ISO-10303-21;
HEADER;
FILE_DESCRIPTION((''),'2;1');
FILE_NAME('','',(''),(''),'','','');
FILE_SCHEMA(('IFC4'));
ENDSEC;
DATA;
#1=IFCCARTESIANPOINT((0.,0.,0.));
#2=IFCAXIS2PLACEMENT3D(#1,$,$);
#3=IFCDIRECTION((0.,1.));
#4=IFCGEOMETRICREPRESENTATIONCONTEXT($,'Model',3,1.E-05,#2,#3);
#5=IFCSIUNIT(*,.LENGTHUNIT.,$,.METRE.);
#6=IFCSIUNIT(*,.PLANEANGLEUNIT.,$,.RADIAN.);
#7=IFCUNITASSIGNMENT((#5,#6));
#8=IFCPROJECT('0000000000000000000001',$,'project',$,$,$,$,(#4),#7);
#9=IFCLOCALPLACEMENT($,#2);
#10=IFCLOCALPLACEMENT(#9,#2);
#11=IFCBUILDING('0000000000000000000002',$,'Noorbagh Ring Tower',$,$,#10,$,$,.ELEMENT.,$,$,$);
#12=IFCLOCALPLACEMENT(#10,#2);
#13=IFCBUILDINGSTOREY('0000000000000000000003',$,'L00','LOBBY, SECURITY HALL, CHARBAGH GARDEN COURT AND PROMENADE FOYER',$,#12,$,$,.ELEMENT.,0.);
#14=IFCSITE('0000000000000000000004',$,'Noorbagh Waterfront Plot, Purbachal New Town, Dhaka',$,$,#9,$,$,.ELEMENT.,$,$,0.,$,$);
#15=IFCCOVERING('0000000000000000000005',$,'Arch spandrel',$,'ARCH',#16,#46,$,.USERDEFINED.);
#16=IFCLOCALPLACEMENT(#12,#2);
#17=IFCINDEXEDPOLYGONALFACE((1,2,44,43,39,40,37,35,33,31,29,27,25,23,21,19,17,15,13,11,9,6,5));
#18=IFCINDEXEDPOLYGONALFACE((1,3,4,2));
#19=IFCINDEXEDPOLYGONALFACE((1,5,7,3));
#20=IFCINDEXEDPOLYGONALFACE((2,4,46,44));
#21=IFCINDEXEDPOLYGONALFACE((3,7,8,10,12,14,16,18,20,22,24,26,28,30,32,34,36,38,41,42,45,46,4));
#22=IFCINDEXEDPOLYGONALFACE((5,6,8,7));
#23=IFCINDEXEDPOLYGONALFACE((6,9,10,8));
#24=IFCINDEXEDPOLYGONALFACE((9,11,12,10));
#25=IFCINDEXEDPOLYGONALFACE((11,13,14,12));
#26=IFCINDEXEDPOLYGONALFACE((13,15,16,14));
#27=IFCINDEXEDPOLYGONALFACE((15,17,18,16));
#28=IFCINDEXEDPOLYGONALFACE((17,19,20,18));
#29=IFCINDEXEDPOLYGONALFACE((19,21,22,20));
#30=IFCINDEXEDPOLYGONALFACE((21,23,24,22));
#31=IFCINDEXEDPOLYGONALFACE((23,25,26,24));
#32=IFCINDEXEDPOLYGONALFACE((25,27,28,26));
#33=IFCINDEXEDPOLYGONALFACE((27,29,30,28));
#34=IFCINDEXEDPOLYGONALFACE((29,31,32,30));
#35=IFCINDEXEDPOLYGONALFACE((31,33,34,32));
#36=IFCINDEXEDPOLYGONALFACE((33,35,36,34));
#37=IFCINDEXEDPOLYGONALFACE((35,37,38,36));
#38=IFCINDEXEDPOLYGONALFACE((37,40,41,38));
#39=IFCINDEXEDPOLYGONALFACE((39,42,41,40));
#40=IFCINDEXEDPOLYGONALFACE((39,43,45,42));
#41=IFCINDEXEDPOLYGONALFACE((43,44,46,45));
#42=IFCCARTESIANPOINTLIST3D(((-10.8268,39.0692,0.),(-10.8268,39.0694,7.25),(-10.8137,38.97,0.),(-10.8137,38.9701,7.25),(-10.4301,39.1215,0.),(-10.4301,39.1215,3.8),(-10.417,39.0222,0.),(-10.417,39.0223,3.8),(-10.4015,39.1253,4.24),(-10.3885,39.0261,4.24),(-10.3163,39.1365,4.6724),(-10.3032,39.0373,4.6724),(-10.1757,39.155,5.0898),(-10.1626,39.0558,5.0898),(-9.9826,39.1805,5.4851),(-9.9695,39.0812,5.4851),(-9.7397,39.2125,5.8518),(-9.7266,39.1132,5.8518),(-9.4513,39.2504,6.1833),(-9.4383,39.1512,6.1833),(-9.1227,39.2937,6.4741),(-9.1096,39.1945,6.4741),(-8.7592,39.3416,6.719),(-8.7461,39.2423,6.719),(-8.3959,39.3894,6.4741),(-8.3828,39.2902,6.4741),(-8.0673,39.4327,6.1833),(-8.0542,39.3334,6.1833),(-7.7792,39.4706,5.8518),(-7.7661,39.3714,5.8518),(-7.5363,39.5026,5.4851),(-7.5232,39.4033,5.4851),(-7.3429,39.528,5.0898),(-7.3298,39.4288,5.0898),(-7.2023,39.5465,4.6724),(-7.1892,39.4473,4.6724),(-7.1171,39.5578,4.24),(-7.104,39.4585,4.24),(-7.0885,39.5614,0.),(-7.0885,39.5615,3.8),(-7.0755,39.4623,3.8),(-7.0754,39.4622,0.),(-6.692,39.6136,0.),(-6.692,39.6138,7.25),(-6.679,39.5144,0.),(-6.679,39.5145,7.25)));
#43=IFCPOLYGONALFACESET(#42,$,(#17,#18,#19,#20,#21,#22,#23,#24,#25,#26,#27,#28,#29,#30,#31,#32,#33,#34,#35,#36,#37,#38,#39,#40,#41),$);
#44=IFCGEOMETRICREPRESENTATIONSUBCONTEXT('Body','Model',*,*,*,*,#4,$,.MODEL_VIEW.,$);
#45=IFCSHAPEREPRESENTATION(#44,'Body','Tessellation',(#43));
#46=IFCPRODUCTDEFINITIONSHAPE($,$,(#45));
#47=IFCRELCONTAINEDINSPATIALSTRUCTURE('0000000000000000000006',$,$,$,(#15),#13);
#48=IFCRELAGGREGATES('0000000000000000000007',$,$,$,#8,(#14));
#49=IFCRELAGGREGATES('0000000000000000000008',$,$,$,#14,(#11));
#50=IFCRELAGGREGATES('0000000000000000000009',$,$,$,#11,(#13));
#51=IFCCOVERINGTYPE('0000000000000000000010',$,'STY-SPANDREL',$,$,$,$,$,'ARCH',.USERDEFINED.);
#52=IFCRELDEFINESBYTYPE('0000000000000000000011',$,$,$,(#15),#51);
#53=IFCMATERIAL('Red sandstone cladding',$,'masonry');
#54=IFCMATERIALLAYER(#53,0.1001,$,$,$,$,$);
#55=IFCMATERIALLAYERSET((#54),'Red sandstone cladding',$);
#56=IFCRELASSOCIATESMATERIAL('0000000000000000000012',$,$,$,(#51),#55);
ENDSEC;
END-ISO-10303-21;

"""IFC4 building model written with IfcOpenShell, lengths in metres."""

from ifc_helpers import new_model, si_unit, direction, frame, origin, place, context, subcontext, project, spatial, polyline, outline, extrude, material, layer, layer_set, type_object, element, save


model = new_model("IFC4")

# Units and contexts
model_context = context("Model", 3, precision=1e-05, world=origin(), true_north=direction((0.0, 1.0)))
body_context = subcontext(model_context, "Body", "Model", "MODEL_VIEW")
ifc_project = project(units=[si_unit("LENGTHUNIT", "METRE"), si_unit("PLANEANGLEUNIT", "RADIAN")], contexts=[model_context])

# Site, building, storey
site_placement = place(None, origin())
site = spatial("IfcSite", under=ifc_project, at=site_placement, Name="Noorbagh Waterfront Plot, Purbachal New Town, Dhaka", CompositionType="ELEMENT", RefElevation=0.0)
building_placement = place(site_placement, origin())
building = spatial("IfcBuilding", under=site, at=building_placement, Name="Noorbagh Ring Tower", CompositionType="ELEMENT")
storey_placement = place(building_placement, origin())
storey = spatial("IfcBuildingStorey", under=building, at=storey_placement, Name="L00", Description="LOBBY, SECURITY HALL, CHARBAGH GARDEN COURT AND PROMENADE FOYER", CompositionType="ELEMENT", Elevation=0.0)

# Covering
ifc_material_1 = material(Name="Red sandstone cladding", Category="masonry")
ifc_layer_1 = layer(ifc_material_1, 0.1001)
ifc_layer_set_1 = layer_set([ifc_layer_1], Name="Red sandstone cladding")
covering_type = type_object("IfcCoveringType", Name="STY-SPANDREL", ElementType="ARCH", PredefinedType="USERDEFINED", material=ifc_layer_set_1)
covering_1_placement = place(storey_placement, frame((-6.679, 39.5144, 0.0), z_axis=(0.130543, -0.991443, 0.000018), x_axis=(-0.991443, -0.130543, 0.0)))
element("IfcCovering", 1, at=covering_1_placement, inside=storey, type_object=covering_type, Name="Arch spandrel", ObjectType="ARCH", PredefinedType="USERDEFINED", context=body_context, shape_type="SweptSolid", body=[
    extrude(outline(polyline([(0.0, 0.0), (0.3999, 0.0), (0.3999, -3.8), (0.4287, -4.24), (0.5147, -4.6724), (0.6565, -5.0898), (0.8515, -5.4851), (1.0966, -5.8518), (1.3871, -6.1833), (1.7186, -6.4741), (2.085, -6.719), (2.4516, -6.4741), (2.7831, -6.1833), (3.0739, -5.8518), (3.3189, -5.4851), (3.5137, -5.0898), (3.6556, -4.6724), (3.7415, -4.24), (3.7703, -3.8), (3.7703, 0.0), (4.1705, 0.0), (4.1705, -7.25), (0.0, -7.25), (0.0, 0.0)])), origin(), (0.0, 0.0, -1.0), 0.1001),
])

save(model, "model.ifc")
